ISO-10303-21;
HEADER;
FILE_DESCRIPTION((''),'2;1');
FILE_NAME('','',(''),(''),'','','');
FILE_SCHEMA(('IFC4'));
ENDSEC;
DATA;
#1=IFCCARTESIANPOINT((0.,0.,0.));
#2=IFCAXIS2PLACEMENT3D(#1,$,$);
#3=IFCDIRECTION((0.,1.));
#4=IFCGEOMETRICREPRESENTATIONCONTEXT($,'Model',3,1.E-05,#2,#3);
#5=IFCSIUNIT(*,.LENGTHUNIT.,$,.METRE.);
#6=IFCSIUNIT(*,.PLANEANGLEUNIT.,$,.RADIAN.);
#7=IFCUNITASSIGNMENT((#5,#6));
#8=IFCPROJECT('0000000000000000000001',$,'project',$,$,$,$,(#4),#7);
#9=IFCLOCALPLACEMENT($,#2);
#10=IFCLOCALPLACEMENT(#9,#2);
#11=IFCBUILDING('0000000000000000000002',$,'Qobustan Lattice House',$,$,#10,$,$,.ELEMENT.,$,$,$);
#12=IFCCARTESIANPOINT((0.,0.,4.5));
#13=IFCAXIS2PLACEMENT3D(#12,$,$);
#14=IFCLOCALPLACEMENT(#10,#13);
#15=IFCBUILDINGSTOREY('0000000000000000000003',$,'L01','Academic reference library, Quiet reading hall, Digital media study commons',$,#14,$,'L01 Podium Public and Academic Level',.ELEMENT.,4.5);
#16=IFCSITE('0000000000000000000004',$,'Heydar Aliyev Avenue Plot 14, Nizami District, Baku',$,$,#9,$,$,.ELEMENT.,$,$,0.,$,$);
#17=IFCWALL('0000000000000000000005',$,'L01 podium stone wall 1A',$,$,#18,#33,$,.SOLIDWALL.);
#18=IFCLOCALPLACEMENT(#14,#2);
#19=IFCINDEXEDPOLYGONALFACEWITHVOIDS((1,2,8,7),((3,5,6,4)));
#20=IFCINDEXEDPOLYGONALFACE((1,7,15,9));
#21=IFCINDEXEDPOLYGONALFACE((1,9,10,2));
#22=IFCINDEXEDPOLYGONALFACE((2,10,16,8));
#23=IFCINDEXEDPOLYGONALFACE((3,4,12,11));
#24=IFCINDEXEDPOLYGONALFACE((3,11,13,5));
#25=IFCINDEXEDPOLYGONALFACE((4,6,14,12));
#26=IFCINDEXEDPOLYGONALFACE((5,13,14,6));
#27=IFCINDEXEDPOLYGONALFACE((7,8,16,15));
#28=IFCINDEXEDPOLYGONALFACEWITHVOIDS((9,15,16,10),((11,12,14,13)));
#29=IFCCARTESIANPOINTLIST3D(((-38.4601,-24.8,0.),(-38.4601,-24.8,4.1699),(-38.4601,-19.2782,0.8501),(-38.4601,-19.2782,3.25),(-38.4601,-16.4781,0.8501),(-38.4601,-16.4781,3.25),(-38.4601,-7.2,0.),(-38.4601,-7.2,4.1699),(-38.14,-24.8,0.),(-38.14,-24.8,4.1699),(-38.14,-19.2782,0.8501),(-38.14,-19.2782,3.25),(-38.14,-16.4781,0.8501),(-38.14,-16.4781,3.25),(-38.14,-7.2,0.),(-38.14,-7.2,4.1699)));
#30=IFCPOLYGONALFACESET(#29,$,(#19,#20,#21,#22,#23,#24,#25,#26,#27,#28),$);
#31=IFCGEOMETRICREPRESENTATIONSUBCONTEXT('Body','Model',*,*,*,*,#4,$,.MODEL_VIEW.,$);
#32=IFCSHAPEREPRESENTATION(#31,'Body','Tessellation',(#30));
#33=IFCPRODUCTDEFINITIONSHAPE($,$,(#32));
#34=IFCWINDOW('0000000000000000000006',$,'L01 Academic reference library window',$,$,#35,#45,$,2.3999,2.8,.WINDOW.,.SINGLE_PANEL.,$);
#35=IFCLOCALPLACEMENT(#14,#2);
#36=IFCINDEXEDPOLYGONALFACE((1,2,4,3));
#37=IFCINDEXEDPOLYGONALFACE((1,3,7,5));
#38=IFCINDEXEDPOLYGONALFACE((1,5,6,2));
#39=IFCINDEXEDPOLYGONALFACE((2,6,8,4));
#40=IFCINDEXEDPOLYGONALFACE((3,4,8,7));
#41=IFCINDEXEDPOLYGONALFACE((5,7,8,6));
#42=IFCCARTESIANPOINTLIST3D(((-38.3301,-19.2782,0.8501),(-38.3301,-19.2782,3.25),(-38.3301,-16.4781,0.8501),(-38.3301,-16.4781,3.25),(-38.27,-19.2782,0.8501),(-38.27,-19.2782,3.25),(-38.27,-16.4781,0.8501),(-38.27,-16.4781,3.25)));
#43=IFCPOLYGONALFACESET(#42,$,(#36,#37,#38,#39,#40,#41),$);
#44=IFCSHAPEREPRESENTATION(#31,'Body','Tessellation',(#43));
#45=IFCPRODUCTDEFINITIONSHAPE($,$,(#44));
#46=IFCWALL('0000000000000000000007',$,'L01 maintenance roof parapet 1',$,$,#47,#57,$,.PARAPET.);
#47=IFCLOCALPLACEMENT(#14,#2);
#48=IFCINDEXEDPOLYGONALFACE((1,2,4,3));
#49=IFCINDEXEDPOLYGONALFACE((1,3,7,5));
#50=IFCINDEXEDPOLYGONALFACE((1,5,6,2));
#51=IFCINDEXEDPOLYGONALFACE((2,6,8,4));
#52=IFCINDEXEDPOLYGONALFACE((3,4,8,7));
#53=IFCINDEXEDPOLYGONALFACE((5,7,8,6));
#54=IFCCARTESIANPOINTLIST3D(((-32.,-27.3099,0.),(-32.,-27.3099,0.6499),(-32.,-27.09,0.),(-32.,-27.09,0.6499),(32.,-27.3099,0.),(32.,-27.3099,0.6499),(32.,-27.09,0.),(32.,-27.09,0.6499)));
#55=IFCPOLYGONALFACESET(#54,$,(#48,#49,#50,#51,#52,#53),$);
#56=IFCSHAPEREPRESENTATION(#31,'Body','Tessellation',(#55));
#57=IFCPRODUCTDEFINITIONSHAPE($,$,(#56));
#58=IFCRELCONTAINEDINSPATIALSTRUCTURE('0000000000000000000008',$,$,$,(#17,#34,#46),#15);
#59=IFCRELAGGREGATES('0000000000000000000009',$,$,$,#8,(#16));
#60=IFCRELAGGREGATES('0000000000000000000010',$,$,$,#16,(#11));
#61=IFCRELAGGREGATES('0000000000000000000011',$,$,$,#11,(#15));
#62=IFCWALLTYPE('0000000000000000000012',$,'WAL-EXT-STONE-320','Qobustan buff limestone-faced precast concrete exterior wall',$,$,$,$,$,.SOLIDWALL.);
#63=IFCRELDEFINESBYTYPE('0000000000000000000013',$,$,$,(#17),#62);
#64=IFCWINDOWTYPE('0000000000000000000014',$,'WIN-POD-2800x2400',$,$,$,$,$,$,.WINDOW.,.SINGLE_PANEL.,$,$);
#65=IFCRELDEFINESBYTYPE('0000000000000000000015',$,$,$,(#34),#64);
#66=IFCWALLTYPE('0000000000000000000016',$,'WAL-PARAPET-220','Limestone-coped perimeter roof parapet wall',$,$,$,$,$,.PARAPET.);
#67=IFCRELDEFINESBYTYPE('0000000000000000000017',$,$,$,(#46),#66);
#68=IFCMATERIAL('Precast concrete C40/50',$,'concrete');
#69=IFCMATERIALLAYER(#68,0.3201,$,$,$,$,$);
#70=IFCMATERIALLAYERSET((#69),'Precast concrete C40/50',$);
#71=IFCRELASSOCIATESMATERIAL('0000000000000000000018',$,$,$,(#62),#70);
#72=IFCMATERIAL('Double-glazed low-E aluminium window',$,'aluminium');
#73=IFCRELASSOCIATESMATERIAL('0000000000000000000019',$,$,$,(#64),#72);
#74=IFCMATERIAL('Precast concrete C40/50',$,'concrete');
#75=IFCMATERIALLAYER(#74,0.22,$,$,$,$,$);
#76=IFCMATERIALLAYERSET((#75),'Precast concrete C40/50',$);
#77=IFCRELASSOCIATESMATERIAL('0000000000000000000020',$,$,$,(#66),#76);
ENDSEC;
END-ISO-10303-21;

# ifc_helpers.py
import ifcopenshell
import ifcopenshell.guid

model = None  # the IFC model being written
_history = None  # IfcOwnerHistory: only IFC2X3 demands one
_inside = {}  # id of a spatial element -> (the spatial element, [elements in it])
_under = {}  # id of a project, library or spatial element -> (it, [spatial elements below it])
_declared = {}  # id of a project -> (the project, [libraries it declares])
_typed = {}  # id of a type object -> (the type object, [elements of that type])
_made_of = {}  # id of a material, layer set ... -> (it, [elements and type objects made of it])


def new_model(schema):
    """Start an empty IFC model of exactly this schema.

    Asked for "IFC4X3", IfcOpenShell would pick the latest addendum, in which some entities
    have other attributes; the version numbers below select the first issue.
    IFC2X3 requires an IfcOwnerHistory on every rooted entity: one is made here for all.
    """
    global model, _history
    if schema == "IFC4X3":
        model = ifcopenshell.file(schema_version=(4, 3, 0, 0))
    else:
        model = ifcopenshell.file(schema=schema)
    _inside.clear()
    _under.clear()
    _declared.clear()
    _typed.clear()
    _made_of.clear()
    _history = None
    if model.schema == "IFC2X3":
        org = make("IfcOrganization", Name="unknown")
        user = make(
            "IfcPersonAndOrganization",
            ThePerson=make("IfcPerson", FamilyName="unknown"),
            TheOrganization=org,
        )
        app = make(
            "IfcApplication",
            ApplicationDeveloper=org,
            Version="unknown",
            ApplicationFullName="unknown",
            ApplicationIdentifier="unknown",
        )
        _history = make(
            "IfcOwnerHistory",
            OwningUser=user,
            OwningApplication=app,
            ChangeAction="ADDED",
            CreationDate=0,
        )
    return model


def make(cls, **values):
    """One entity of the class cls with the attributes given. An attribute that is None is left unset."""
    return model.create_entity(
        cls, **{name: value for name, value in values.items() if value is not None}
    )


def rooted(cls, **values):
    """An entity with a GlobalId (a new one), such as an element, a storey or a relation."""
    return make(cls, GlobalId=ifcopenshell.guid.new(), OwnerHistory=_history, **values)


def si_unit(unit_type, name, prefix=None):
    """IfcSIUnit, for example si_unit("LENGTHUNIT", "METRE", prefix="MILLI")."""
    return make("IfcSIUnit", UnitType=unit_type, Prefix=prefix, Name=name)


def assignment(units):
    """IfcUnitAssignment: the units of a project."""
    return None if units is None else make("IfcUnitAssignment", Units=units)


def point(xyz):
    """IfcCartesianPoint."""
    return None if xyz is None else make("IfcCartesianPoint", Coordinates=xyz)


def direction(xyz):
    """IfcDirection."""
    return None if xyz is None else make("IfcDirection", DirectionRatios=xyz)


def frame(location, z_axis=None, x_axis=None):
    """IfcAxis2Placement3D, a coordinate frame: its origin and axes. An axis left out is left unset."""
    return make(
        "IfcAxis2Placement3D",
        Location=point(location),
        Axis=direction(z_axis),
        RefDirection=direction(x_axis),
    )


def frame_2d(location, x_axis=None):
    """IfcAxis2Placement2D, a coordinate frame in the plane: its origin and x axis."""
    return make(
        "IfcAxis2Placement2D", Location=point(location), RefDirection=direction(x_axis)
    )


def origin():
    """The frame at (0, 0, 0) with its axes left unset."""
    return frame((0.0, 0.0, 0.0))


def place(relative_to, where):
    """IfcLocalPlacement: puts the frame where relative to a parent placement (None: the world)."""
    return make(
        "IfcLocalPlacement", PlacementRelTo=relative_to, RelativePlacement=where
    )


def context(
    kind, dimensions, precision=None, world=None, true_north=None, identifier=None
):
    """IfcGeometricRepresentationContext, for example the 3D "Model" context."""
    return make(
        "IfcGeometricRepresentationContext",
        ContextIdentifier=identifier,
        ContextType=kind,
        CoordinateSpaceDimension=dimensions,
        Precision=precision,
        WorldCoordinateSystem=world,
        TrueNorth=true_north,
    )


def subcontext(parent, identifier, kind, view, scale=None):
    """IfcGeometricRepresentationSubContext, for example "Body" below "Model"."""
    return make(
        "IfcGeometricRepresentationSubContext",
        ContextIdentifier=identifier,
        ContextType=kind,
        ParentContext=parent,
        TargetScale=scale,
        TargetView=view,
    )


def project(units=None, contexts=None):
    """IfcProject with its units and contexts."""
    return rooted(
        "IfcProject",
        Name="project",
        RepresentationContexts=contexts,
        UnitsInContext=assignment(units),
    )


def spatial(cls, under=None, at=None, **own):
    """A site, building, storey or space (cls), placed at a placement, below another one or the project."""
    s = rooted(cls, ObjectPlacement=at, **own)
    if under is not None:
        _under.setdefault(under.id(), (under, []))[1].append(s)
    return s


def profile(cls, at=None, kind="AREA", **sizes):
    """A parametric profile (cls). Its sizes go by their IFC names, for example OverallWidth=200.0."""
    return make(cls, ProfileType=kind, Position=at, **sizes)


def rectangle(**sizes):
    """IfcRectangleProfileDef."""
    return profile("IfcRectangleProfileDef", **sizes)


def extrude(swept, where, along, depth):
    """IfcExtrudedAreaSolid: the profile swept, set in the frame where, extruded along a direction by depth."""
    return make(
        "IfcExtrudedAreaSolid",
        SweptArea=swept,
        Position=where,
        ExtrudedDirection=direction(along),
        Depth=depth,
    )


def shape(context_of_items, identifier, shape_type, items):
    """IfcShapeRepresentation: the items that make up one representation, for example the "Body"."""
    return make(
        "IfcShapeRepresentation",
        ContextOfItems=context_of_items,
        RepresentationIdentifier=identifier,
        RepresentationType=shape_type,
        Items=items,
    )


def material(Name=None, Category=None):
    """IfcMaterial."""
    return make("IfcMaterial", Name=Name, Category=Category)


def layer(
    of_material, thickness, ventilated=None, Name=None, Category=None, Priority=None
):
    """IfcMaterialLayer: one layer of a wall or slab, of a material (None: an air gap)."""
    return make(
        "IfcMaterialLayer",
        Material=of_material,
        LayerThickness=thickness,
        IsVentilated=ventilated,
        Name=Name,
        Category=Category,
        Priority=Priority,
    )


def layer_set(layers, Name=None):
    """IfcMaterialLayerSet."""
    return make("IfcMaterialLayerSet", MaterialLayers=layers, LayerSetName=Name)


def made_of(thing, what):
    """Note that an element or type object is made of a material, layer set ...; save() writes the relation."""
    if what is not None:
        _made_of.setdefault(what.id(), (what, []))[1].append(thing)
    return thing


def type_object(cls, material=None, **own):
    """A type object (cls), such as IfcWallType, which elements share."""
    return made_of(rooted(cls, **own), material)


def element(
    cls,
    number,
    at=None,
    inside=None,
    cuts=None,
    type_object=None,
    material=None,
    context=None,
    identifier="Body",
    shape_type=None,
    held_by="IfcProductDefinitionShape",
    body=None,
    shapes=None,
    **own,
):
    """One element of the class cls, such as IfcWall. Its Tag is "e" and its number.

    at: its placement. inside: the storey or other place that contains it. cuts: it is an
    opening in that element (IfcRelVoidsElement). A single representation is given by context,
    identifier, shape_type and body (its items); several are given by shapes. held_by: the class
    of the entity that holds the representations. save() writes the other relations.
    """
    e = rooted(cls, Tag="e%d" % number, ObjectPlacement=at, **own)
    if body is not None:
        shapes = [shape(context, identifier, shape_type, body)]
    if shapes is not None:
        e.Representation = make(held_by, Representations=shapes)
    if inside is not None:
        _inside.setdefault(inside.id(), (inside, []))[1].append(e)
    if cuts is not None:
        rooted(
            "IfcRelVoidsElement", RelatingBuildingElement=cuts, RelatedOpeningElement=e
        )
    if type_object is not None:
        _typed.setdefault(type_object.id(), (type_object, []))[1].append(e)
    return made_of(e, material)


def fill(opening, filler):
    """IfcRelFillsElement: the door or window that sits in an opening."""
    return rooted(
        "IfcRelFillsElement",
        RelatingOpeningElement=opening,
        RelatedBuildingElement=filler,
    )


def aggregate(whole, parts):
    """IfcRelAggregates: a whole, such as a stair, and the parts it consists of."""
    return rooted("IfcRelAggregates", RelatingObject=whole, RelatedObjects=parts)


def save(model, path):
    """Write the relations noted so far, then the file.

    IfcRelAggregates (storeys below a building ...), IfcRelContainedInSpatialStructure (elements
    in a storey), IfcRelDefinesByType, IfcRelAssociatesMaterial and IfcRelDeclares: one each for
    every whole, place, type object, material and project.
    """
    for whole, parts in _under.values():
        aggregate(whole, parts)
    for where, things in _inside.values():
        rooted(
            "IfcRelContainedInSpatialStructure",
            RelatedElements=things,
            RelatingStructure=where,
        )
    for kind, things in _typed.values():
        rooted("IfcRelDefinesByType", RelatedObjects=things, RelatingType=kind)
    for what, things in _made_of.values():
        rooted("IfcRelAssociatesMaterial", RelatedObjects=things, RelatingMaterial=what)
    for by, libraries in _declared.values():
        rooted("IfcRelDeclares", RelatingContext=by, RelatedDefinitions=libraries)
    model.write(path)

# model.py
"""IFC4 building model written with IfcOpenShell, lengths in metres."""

from ifc_helpers import new_model, si_unit, direction, frame, frame_2d, origin, place, context, subcontext, project, spatial, rectangle, extrude, material, layer, layer_set, type_object, element, fill, save


model = new_model("IFC4")

# Units and contexts
model_context = context("Model", 3, precision=1e-05, world=origin(), true_north=direction((0.0, 1.0)))
body_context = subcontext(model_context, "Body", "Model", "MODEL_VIEW")
ifc_project = project(units=[si_unit("LENGTHUNIT", "METRE"), si_unit("PLANEANGLEUNIT", "RADIAN")], contexts=[model_context])

# Site, building, storey
site_placement = place(None, origin())
site = spatial("IfcSite", under=ifc_project, at=site_placement, Name="Heydar Aliyev Avenue Plot 14, Nizami District, Baku", CompositionType="ELEMENT", RefElevation=0.0)
building_placement = place(site_placement, origin())
building = spatial("IfcBuilding", under=site, at=building_placement, Name="Qobustan Lattice House", CompositionType="ELEMENT")
storey_placement = place(building_placement, frame((0.0, 0.0, 4.5)))
storey = spatial("IfcBuildingStorey", under=building, at=storey_placement, Name="L01", Description="Academic reference library, Quiet reading hall, Digital media study commons", LongName="L01 Podium Public and Academic Level", CompositionType="ELEMENT", Elevation=4.5)

# Wall, opening, window
ifc_material_1 = material(Name="Precast concrete C40/50", Category="concrete")
ifc_layer_1 = layer(ifc_material_1, 0.3201)
ifc_layer_set_1 = layer_set([ifc_layer_1], Name="Precast concrete C40/50")
wall_type_1 = type_object("IfcWallType", Name="WAL-EXT-STONE-320", Description="Qobustan buff limestone-faced precast concrete exterior wall", PredefinedType="SOLIDWALL", material=ifc_layer_set_1)
wall_1_placement = place(storey_placement, frame((-38.3, -24.8, 0.0), z_axis=(0.0, 0.0, 1.0), x_axis=(0.0, 1.0, 0.0)))
wall_1 = element("IfcWall", 1, at=wall_1_placement, inside=storey, type_object=wall_type_1, Name="L01 podium stone wall 1A", PredefinedType="SOLIDWALL", context=body_context, shape_type="SweptSolid", body=[
    extrude(rectangle(XDim=17.6001, YDim=0.3201, at=frame_2d((8.8, 0.0))), origin(), (0.0, 0.0, 1.0), 4.1699),
])
opening_placement = place(wall_1_placement, frame((5.522, 0.0, 0.8501)))
opening = element("IfcOpeningElement", 2, at=opening_placement, cuts=wall_1, PredefinedType="OPENING", context=body_context, shape_type="SweptSolid", body=[
    extrude(rectangle(XDim=2.8, YDim=2.3999, at=frame_2d((1.3999, 1.2))), frame((0.0, 0.1699, 0.0), z_axis=(0.0, -1.0, 0.0), x_axis=(1.0, 0.0, 0.0)), (0.0, 0.0, 1.0), 0.3401),
])
ifc_material_2 = material(Name="Double-glazed low-E aluminium window", Category="aluminium")
window_type = type_object("IfcWindowType", Name="WIN-POD-2800x2400", PartitioningType="SINGLE_PANEL", PredefinedType="WINDOW", material=ifc_material_2)
window_placement = place(opening_placement, origin())
window = element("IfcWindow", 3, at=window_placement, inside=storey, type_object=window_type, Name="L01 Academic reference library window", OverallHeight=2.3999, OverallWidth=2.8, PartitioningType="SINGLE_PANEL", PredefinedType="WINDOW", context=body_context, shape_type="SweptSolid", body=[
    extrude(rectangle(XDim=2.8, YDim=2.3999, at=frame_2d((1.3999, 1.2))), frame((0.0, 0.03, 0.0), z_axis=(0.0, -1.0, 0.0), x_axis=(1.0, 0.0, 0.0)), (0.0, 0.0, 1.0), 0.0601),
])
fill(opening, window)

# Wall
ifc_material_3 = material(Name="Precast concrete C40/50", Category="concrete")
ifc_layer_2 = layer(ifc_material_3, 0.22)
ifc_layer_set_2 = layer_set([ifc_layer_2], Name="Precast concrete C40/50")
wall_type_2 = type_object("IfcWallType", Name="WAL-PARAPET-220", Description="Limestone-coped perimeter roof parapet wall", PredefinedType="PARAPET", material=ifc_layer_set_2)
wall_2_placement = place(storey_placement, frame((-32.0, -27.2, 0.0), z_axis=(0.0, 0.0, 1.0), x_axis=(1.0, 0.0, 0.0)))
element("IfcWall", 4, at=wall_2_placement, inside=storey, type_object=wall_type_2, Name="L01 maintenance roof parapet 1", PredefinedType="PARAPET", context=body_context, shape_type="SweptSolid", body=[
    extrude(rectangle(XDim=64.0, YDim=0.22, at=frame_2d((32.0, 0.0))), origin(), (0.0, 0.0, 1.0), 0.6499),
])

save(model, "model.ifc")
